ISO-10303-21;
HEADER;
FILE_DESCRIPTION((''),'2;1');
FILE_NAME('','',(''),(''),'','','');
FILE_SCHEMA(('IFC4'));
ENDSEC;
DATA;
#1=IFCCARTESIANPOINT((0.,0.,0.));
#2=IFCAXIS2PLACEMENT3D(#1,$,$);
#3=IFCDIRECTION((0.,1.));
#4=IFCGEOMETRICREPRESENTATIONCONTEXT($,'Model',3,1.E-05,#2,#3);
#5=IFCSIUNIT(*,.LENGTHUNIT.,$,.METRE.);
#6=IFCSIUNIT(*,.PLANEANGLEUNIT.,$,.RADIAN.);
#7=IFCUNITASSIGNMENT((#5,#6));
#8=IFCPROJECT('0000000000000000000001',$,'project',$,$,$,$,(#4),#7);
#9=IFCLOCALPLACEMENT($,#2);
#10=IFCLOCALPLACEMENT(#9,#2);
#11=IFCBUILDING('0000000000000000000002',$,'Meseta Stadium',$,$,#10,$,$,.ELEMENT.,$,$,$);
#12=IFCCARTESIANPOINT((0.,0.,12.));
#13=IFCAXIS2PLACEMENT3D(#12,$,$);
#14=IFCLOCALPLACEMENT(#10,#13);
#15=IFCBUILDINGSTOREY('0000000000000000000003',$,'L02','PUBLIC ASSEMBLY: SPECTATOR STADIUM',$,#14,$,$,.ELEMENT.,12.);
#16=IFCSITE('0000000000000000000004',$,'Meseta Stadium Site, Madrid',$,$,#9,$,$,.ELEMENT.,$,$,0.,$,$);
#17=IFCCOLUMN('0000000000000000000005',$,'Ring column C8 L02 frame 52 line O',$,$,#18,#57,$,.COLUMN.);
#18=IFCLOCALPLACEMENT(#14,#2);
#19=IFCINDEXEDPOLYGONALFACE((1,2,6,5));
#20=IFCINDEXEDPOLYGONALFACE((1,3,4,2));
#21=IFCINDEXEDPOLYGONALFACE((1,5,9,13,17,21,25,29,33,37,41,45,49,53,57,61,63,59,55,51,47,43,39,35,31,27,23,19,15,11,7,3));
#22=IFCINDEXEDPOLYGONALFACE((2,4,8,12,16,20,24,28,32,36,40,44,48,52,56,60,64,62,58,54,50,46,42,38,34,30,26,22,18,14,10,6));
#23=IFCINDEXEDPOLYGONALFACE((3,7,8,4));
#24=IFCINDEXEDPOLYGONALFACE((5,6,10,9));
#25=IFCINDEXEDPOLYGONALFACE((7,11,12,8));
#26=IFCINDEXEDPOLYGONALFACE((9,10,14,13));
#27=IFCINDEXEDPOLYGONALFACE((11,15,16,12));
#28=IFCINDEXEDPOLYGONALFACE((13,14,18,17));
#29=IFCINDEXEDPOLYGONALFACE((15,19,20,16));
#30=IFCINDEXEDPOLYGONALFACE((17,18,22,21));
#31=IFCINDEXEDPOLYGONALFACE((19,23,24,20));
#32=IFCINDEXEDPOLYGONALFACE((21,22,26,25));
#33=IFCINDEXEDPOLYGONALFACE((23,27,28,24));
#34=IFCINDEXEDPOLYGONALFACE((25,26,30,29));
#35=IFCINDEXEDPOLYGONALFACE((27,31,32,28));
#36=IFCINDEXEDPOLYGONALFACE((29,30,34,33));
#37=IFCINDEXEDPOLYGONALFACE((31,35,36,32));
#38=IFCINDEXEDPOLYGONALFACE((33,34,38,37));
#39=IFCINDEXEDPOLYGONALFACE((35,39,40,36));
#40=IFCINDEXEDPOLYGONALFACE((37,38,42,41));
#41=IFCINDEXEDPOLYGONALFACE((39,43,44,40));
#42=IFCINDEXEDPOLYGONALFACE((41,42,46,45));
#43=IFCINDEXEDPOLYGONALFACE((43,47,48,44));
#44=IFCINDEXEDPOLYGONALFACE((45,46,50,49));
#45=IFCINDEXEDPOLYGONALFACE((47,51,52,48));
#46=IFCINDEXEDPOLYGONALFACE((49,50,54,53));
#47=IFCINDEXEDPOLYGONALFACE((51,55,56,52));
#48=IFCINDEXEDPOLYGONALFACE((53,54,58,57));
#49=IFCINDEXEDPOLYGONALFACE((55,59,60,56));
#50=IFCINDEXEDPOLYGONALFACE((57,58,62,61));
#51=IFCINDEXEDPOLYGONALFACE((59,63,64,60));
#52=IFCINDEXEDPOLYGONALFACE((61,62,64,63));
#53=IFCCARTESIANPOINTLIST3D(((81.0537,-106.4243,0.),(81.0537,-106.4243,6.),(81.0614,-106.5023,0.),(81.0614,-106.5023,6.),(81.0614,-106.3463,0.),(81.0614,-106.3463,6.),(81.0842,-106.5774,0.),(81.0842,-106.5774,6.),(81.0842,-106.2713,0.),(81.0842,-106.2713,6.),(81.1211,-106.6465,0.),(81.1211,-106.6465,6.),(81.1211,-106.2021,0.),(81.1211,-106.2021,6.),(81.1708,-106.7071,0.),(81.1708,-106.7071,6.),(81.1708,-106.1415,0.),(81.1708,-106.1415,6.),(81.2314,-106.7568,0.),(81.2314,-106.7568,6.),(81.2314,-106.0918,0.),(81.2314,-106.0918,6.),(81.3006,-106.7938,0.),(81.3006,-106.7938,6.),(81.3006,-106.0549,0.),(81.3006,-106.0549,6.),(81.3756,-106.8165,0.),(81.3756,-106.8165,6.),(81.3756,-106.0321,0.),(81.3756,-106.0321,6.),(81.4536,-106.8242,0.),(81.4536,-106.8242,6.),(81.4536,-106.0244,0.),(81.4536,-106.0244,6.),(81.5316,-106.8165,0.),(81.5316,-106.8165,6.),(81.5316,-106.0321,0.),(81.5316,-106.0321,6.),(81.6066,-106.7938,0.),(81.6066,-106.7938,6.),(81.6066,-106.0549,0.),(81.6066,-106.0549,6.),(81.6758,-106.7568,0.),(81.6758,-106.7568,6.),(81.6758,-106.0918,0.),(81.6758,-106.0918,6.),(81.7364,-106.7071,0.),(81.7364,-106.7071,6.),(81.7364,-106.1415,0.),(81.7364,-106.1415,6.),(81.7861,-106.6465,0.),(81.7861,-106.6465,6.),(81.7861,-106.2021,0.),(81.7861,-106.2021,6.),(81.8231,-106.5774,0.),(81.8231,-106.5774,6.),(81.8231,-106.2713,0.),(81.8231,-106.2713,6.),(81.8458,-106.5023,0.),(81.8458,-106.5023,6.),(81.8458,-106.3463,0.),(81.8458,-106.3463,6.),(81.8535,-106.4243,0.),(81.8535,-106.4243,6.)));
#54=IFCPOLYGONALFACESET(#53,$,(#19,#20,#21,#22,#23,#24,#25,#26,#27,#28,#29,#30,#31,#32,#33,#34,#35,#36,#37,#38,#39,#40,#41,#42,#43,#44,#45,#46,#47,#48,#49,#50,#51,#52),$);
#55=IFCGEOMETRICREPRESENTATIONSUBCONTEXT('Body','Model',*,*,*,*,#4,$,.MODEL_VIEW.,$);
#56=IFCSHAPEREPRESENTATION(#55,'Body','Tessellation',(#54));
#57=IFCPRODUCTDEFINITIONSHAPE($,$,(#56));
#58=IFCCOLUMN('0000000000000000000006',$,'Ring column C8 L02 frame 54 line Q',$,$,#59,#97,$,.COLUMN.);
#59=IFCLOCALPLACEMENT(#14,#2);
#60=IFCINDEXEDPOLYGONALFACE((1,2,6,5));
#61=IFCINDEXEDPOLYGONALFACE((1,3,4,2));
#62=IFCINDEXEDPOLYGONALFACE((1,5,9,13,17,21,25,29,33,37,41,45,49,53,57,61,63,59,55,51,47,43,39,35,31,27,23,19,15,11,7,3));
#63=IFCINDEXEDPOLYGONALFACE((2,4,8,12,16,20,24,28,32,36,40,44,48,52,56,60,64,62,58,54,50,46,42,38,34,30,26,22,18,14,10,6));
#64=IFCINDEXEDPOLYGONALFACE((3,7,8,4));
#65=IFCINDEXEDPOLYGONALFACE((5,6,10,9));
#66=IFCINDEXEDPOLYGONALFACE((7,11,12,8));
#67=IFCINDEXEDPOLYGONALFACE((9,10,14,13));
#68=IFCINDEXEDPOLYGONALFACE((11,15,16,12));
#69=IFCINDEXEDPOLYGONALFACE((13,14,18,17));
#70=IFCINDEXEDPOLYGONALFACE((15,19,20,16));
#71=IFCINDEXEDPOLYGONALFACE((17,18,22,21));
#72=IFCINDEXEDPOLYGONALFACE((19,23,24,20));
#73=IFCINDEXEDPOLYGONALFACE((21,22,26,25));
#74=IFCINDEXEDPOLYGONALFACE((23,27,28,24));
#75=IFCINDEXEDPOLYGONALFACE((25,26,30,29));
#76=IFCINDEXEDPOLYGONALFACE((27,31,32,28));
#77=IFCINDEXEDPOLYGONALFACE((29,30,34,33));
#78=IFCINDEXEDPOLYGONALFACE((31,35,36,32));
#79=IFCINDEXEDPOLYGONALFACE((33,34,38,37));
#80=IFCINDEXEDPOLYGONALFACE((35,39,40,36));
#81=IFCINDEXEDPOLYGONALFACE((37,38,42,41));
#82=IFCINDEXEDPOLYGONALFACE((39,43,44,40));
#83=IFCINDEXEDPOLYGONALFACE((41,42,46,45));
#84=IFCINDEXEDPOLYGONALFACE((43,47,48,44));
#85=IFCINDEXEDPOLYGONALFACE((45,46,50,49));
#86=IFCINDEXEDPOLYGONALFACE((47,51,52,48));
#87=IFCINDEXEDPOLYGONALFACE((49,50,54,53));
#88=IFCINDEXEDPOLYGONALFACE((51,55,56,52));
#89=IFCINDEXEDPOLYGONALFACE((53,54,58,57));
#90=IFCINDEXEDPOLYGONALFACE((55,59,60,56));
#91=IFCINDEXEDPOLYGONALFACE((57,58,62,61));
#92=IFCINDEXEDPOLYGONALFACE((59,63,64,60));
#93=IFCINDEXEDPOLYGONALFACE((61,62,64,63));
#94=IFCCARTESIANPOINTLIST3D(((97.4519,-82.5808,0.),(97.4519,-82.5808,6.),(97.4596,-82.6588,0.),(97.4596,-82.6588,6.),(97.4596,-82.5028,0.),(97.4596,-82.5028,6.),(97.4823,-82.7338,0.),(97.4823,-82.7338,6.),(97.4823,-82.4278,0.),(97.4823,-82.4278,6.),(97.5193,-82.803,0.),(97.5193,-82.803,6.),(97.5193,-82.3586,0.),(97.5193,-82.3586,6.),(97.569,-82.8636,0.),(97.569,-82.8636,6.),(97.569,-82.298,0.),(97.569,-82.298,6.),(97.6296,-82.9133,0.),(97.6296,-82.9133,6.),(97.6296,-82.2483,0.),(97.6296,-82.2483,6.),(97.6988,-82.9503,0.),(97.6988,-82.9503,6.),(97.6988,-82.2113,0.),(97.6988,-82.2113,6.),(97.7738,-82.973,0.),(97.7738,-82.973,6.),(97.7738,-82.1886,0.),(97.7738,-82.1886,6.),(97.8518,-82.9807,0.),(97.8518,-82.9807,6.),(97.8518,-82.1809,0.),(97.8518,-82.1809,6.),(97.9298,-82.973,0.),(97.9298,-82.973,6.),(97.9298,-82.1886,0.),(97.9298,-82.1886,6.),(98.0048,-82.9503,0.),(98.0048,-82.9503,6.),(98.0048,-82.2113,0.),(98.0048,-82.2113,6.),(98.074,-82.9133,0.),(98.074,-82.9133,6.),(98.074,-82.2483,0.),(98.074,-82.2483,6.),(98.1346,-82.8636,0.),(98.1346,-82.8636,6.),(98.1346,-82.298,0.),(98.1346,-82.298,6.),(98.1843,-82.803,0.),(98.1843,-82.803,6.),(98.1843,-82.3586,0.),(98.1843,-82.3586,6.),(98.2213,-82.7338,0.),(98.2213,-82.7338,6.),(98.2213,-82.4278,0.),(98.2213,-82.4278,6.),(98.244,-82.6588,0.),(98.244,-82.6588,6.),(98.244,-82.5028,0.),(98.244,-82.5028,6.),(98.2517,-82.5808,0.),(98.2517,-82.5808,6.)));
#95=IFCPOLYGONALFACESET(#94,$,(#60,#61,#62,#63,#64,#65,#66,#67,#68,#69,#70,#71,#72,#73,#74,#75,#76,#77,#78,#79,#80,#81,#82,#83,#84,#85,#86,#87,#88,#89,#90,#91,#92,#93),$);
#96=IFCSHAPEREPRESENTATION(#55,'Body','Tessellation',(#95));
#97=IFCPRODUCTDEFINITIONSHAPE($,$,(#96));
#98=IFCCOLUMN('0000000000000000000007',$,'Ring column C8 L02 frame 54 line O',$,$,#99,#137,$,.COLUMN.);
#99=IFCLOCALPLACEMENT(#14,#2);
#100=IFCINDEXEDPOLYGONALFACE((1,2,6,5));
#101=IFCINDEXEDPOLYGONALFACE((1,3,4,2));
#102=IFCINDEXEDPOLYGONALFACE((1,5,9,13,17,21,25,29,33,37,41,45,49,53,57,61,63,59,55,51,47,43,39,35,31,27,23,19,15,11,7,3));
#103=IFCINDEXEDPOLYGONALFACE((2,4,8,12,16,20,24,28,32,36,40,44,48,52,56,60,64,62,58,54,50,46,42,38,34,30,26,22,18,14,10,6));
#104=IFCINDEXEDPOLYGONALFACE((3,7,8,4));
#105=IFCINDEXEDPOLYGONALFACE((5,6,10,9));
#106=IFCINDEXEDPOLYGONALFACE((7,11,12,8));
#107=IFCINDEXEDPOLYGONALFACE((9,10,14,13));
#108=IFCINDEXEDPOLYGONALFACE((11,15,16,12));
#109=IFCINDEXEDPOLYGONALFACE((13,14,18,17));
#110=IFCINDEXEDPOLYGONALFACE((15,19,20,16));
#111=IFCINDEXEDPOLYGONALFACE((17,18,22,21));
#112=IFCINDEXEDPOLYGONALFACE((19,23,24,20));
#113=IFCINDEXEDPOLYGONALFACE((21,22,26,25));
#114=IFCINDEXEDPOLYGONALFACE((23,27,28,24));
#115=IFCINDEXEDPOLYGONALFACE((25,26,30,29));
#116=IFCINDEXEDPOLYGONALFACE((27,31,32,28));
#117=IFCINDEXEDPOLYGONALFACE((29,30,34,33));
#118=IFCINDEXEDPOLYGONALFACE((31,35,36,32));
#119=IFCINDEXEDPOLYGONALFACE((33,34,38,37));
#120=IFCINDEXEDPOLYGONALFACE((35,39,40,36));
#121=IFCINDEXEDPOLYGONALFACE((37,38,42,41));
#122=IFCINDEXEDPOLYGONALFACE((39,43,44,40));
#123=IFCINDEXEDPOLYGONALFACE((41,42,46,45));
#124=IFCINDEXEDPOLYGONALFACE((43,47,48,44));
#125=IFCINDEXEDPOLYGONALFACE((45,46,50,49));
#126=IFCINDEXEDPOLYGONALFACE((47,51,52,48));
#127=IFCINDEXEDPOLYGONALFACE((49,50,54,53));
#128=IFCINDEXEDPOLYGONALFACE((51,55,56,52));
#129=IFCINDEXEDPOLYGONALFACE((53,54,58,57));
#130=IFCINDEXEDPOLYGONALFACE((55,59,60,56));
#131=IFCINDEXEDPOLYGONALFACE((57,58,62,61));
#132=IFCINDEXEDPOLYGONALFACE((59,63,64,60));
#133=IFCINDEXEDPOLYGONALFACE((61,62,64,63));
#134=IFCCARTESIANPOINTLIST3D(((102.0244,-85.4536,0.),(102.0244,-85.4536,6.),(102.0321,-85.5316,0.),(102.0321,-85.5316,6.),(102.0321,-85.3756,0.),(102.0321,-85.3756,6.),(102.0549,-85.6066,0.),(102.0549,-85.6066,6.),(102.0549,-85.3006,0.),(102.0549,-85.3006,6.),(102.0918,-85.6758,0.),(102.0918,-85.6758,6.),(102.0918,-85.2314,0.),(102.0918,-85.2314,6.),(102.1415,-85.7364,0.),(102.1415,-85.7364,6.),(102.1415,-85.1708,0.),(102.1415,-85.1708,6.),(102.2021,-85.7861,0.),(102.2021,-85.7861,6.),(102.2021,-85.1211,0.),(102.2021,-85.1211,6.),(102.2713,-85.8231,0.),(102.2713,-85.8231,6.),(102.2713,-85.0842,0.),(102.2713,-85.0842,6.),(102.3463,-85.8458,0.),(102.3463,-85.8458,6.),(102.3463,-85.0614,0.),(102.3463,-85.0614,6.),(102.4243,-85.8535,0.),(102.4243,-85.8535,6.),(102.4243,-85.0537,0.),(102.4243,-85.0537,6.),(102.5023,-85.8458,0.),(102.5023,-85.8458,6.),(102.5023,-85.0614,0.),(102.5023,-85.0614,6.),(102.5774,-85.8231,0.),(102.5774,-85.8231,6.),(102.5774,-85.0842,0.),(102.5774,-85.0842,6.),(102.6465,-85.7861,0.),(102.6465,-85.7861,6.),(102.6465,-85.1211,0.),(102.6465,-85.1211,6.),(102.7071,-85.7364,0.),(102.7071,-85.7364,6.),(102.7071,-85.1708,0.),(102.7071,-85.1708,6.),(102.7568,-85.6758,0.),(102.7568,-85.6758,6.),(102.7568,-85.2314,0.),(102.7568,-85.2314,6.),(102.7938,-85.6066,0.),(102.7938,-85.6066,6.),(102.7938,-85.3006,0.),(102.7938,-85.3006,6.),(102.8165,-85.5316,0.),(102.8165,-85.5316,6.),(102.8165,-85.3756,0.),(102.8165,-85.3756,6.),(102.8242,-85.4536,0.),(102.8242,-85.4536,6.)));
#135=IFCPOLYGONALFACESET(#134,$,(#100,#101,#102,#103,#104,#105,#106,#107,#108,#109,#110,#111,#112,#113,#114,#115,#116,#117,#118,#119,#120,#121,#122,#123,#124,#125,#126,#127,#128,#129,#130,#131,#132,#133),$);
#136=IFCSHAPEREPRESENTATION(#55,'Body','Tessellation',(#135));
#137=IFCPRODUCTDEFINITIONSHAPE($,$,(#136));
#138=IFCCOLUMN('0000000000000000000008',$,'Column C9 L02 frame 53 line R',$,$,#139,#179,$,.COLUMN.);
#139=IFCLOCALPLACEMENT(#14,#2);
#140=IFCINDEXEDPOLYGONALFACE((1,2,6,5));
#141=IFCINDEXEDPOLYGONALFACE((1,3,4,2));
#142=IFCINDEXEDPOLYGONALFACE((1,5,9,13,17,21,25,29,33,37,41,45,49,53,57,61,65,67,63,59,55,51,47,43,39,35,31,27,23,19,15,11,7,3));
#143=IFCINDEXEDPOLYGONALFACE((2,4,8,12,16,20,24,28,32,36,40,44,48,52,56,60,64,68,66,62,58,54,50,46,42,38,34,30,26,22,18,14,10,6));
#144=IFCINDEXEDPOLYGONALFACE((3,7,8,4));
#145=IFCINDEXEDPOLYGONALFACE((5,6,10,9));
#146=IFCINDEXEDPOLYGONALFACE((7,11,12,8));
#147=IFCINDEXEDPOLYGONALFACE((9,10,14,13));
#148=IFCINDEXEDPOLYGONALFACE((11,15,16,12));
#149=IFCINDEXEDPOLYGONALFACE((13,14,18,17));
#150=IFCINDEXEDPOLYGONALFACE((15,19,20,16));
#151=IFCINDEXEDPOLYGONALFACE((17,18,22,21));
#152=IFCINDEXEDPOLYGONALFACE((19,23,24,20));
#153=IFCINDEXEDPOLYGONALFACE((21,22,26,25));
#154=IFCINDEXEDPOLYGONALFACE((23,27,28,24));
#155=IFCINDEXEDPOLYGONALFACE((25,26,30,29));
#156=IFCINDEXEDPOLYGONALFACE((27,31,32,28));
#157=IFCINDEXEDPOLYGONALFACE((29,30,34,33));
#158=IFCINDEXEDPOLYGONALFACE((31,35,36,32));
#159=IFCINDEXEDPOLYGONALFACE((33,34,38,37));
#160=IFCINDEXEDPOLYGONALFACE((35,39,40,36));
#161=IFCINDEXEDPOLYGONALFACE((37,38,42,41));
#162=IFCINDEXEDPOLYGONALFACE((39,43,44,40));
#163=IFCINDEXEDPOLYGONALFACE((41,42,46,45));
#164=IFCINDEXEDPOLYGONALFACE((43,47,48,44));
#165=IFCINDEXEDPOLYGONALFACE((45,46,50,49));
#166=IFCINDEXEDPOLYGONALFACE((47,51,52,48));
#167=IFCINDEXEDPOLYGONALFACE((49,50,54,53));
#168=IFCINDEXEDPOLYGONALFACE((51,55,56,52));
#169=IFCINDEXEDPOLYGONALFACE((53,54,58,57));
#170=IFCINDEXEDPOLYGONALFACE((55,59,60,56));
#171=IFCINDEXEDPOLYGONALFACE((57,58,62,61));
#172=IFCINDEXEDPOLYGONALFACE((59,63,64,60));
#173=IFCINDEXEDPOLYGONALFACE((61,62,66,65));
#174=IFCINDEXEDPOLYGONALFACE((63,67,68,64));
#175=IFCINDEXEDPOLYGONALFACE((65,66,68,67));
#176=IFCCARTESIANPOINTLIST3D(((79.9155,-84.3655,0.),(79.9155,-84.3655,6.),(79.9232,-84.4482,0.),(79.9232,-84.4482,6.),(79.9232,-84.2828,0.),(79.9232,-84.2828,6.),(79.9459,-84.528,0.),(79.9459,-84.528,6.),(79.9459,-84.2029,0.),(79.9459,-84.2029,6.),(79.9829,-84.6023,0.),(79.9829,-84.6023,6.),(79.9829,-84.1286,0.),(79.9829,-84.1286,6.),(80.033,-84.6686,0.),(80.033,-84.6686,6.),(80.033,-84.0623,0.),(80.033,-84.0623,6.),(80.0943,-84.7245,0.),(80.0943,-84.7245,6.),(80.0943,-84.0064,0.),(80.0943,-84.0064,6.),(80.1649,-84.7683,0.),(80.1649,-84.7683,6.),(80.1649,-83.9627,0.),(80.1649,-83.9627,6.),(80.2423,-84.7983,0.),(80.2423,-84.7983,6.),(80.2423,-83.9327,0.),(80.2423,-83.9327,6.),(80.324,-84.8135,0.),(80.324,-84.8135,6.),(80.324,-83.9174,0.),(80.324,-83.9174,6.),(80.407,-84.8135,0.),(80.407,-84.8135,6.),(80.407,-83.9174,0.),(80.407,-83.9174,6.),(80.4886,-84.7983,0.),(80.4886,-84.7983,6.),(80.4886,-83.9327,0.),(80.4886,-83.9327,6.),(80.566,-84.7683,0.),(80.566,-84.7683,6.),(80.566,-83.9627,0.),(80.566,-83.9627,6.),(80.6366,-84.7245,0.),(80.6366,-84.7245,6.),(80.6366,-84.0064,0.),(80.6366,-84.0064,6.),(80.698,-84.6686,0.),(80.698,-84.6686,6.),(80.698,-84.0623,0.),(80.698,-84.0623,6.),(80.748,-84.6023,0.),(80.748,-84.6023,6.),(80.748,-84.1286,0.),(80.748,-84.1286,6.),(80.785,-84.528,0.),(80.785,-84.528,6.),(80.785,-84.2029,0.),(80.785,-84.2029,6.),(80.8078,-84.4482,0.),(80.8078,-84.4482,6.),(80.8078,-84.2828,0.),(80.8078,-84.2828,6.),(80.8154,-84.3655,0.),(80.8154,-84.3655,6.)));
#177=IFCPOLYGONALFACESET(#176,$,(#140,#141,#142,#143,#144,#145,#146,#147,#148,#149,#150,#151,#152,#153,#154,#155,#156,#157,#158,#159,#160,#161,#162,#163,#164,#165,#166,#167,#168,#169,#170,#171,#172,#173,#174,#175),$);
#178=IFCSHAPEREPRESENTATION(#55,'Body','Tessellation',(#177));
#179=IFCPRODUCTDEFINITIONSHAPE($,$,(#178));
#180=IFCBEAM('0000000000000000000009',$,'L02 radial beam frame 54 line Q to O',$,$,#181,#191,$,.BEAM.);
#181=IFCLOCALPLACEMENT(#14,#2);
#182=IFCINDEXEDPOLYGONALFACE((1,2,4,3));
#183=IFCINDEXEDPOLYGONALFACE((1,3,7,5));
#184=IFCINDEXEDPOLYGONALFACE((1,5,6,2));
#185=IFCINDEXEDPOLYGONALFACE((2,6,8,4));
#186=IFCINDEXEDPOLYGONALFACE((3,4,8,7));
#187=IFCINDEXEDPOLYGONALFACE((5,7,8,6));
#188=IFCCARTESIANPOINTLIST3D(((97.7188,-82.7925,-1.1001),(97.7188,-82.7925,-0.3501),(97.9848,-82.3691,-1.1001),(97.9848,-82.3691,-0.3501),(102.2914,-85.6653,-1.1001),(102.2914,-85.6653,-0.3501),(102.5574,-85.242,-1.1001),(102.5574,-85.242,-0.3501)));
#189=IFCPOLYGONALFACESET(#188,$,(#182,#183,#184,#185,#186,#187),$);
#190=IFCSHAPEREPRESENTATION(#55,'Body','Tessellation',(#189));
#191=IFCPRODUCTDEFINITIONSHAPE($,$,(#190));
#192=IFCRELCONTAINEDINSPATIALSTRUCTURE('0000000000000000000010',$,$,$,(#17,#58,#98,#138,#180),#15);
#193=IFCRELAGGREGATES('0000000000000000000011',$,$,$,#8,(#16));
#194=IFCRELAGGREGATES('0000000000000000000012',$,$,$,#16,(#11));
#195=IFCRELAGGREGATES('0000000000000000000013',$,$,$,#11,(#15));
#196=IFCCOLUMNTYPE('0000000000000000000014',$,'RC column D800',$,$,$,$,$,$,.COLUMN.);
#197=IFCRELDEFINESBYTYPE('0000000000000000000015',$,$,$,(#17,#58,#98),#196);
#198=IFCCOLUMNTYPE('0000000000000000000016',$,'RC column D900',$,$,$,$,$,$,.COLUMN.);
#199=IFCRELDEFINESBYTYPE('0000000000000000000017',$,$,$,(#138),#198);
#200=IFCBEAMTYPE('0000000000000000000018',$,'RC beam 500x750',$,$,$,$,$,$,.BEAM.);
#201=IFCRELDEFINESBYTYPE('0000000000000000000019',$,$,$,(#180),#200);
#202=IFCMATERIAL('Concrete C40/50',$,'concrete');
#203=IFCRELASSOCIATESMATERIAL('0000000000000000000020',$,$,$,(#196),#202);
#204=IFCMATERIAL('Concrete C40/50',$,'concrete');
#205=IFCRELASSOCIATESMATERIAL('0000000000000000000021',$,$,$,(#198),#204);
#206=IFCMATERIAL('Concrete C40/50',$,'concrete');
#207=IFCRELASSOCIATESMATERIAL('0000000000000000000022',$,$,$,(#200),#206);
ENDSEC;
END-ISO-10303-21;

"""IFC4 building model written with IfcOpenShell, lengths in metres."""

from ifc_helpers import new_model, si_unit, direction, frame, origin, origin_2d, place, context, subcontext, project, spatial, rectangle, circle, extrude, material, material_profile, profile_set, type_object, element, save


model = new_model("IFC4")

# Units and contexts
model_context = context("Model", 3, precision=1e-05, world=origin(), true_north=direction((0.0, 1.0)))
body_context = subcontext(model_context, "Body", "Model", "MODEL_VIEW")
ifc_project = project(units=[si_unit("LENGTHUNIT", "METRE"), si_unit("PLANEANGLEUNIT", "RADIAN")], contexts=[model_context])

# Site, building, storey
site_placement = place(None, origin())
site = spatial("IfcSite", under=ifc_project, at=site_placement, Name="Meseta Stadium Site, Madrid", CompositionType="ELEMENT", RefElevation=0.0)
building_placement = place(site_placement, origin())
building = spatial("IfcBuilding", under=site, at=building_placement, Name="Meseta Stadium", CompositionType="ELEMENT")
storey_placement = place(building_placement, frame((0.0, 0.0, 12.0)))
storey = spatial("IfcBuildingStorey", under=building, at=storey_placement, Name="L02", Description="PUBLIC ASSEMBLY: SPECTATOR STADIUM", CompositionType="ELEMENT", Elevation=12.0)

# Columns
ifc_material_1 = material(Name="Concrete C40/50", Category="concrete")
ifc_material_profile_1 = material_profile(ifc_material_1, circle(Radius=0.3999, at=origin_2d()), Name="RC D800")
ifc_profile_set_1 = profile_set([ifc_material_profile_1], Name="Concrete C40/50")
column_type_1 = type_object("IfcColumnType", Name="RC column D800", PredefinedType="COLUMN", material=ifc_profile_set_1)
for number, where, z_axis, x_axis, name in (
    (1, (81.4536, -106.4243, 0.0), (0.0, 0.0, 1.0), (1.0, 0.0, 0.0), "Ring column C8 L02 frame 52 line O"),
    (2, (97.8518, -82.5808, 0.0), (0.0, 0.0, 1.0), (1.0, 0.0, 0.0), "Ring column C8 L02 frame 54 line Q"),
    (3, (102.4243, -85.4536, 0.0), (0.0, 0.0, 1.0), (1.0, 0.0, 0.0), "Ring column C8 L02 frame 54 line O"),
):
    element("IfcColumn", number, at=place(storey_placement, frame(where, z_axis=z_axis, x_axis=x_axis)), inside=storey, type_object=column_type_1, Name=name, PredefinedType="COLUMN", context=body_context, shape_type="SweptSolid", body=[
        extrude(circle(Radius=0.3999, at=origin_2d()), origin(), (0.0, 0.0, 1.0), 6.0),
    ])
ifc_material_2 = material(Name="Concrete C40/50", Category="concrete")
ifc_material_profile_2 = material_profile(ifc_material_2, circle(Radius=0.45, at=origin_2d()), Name="RC D900")
ifc_profile_set_2 = profile_set([ifc_material_profile_2], Name="Concrete C40/50")
column_type_2 = type_object("IfcColumnType", Name="RC column D900", PredefinedType="COLUMN", material=ifc_profile_set_2)
column_placement = place(storey_placement, frame((80.3655, -84.3655, 0.0), z_axis=(0.0, 0.0, 1.0), x_axis=(1.0, 0.0, 0.0)))
element("IfcColumn", 4, at=column_placement, inside=storey, type_object=column_type_2, Name="Column C9 L02 frame 53 line R", PredefinedType="COLUMN", context=body_context, shape_type="SweptSolid", body=[
    extrude(circle(Radius=0.45, at=origin_2d()), origin(), (0.0, 0.0, 1.0), 6.0),
])

# Beam
ifc_material_3 = material(Name="Concrete C40/50", Category="concrete")
ifc_material_profile_3 = material_profile(ifc_material_3, rectangle(XDim=0.5, YDim=0.75, at=origin_2d()), Name="RC 500x750")
ifc_profile_set_3 = profile_set([ifc_material_profile_3], Name="Concrete C40/50")
beam_type_1 = type_object("IfcBeamType", Name="RC beam 500x750", PredefinedType="BEAM", material=ifc_profile_set_3)
beam_1_placement = place(storey_placement, frame((97.8518, -82.5808, -0.7251), z_axis=(0.846749, -0.531993, 0.0), x_axis=(0.531993, 0.846749, 0.0)))
element("IfcBeam", 5, at=beam_1_placement, inside=storey, type_object=beam_type_1, Name="L02 radial beam frame 54 line Q to O", PredefinedType="BEAM", context=body_context, shape_type="SweptSolid", body=[
    extrude(rectangle(XDim=0.5, YDim=0.75, at=origin_2d()), origin(), (0.0, 0.0, 1.0), 5.4001),
])

save(model, "model.ifc")
